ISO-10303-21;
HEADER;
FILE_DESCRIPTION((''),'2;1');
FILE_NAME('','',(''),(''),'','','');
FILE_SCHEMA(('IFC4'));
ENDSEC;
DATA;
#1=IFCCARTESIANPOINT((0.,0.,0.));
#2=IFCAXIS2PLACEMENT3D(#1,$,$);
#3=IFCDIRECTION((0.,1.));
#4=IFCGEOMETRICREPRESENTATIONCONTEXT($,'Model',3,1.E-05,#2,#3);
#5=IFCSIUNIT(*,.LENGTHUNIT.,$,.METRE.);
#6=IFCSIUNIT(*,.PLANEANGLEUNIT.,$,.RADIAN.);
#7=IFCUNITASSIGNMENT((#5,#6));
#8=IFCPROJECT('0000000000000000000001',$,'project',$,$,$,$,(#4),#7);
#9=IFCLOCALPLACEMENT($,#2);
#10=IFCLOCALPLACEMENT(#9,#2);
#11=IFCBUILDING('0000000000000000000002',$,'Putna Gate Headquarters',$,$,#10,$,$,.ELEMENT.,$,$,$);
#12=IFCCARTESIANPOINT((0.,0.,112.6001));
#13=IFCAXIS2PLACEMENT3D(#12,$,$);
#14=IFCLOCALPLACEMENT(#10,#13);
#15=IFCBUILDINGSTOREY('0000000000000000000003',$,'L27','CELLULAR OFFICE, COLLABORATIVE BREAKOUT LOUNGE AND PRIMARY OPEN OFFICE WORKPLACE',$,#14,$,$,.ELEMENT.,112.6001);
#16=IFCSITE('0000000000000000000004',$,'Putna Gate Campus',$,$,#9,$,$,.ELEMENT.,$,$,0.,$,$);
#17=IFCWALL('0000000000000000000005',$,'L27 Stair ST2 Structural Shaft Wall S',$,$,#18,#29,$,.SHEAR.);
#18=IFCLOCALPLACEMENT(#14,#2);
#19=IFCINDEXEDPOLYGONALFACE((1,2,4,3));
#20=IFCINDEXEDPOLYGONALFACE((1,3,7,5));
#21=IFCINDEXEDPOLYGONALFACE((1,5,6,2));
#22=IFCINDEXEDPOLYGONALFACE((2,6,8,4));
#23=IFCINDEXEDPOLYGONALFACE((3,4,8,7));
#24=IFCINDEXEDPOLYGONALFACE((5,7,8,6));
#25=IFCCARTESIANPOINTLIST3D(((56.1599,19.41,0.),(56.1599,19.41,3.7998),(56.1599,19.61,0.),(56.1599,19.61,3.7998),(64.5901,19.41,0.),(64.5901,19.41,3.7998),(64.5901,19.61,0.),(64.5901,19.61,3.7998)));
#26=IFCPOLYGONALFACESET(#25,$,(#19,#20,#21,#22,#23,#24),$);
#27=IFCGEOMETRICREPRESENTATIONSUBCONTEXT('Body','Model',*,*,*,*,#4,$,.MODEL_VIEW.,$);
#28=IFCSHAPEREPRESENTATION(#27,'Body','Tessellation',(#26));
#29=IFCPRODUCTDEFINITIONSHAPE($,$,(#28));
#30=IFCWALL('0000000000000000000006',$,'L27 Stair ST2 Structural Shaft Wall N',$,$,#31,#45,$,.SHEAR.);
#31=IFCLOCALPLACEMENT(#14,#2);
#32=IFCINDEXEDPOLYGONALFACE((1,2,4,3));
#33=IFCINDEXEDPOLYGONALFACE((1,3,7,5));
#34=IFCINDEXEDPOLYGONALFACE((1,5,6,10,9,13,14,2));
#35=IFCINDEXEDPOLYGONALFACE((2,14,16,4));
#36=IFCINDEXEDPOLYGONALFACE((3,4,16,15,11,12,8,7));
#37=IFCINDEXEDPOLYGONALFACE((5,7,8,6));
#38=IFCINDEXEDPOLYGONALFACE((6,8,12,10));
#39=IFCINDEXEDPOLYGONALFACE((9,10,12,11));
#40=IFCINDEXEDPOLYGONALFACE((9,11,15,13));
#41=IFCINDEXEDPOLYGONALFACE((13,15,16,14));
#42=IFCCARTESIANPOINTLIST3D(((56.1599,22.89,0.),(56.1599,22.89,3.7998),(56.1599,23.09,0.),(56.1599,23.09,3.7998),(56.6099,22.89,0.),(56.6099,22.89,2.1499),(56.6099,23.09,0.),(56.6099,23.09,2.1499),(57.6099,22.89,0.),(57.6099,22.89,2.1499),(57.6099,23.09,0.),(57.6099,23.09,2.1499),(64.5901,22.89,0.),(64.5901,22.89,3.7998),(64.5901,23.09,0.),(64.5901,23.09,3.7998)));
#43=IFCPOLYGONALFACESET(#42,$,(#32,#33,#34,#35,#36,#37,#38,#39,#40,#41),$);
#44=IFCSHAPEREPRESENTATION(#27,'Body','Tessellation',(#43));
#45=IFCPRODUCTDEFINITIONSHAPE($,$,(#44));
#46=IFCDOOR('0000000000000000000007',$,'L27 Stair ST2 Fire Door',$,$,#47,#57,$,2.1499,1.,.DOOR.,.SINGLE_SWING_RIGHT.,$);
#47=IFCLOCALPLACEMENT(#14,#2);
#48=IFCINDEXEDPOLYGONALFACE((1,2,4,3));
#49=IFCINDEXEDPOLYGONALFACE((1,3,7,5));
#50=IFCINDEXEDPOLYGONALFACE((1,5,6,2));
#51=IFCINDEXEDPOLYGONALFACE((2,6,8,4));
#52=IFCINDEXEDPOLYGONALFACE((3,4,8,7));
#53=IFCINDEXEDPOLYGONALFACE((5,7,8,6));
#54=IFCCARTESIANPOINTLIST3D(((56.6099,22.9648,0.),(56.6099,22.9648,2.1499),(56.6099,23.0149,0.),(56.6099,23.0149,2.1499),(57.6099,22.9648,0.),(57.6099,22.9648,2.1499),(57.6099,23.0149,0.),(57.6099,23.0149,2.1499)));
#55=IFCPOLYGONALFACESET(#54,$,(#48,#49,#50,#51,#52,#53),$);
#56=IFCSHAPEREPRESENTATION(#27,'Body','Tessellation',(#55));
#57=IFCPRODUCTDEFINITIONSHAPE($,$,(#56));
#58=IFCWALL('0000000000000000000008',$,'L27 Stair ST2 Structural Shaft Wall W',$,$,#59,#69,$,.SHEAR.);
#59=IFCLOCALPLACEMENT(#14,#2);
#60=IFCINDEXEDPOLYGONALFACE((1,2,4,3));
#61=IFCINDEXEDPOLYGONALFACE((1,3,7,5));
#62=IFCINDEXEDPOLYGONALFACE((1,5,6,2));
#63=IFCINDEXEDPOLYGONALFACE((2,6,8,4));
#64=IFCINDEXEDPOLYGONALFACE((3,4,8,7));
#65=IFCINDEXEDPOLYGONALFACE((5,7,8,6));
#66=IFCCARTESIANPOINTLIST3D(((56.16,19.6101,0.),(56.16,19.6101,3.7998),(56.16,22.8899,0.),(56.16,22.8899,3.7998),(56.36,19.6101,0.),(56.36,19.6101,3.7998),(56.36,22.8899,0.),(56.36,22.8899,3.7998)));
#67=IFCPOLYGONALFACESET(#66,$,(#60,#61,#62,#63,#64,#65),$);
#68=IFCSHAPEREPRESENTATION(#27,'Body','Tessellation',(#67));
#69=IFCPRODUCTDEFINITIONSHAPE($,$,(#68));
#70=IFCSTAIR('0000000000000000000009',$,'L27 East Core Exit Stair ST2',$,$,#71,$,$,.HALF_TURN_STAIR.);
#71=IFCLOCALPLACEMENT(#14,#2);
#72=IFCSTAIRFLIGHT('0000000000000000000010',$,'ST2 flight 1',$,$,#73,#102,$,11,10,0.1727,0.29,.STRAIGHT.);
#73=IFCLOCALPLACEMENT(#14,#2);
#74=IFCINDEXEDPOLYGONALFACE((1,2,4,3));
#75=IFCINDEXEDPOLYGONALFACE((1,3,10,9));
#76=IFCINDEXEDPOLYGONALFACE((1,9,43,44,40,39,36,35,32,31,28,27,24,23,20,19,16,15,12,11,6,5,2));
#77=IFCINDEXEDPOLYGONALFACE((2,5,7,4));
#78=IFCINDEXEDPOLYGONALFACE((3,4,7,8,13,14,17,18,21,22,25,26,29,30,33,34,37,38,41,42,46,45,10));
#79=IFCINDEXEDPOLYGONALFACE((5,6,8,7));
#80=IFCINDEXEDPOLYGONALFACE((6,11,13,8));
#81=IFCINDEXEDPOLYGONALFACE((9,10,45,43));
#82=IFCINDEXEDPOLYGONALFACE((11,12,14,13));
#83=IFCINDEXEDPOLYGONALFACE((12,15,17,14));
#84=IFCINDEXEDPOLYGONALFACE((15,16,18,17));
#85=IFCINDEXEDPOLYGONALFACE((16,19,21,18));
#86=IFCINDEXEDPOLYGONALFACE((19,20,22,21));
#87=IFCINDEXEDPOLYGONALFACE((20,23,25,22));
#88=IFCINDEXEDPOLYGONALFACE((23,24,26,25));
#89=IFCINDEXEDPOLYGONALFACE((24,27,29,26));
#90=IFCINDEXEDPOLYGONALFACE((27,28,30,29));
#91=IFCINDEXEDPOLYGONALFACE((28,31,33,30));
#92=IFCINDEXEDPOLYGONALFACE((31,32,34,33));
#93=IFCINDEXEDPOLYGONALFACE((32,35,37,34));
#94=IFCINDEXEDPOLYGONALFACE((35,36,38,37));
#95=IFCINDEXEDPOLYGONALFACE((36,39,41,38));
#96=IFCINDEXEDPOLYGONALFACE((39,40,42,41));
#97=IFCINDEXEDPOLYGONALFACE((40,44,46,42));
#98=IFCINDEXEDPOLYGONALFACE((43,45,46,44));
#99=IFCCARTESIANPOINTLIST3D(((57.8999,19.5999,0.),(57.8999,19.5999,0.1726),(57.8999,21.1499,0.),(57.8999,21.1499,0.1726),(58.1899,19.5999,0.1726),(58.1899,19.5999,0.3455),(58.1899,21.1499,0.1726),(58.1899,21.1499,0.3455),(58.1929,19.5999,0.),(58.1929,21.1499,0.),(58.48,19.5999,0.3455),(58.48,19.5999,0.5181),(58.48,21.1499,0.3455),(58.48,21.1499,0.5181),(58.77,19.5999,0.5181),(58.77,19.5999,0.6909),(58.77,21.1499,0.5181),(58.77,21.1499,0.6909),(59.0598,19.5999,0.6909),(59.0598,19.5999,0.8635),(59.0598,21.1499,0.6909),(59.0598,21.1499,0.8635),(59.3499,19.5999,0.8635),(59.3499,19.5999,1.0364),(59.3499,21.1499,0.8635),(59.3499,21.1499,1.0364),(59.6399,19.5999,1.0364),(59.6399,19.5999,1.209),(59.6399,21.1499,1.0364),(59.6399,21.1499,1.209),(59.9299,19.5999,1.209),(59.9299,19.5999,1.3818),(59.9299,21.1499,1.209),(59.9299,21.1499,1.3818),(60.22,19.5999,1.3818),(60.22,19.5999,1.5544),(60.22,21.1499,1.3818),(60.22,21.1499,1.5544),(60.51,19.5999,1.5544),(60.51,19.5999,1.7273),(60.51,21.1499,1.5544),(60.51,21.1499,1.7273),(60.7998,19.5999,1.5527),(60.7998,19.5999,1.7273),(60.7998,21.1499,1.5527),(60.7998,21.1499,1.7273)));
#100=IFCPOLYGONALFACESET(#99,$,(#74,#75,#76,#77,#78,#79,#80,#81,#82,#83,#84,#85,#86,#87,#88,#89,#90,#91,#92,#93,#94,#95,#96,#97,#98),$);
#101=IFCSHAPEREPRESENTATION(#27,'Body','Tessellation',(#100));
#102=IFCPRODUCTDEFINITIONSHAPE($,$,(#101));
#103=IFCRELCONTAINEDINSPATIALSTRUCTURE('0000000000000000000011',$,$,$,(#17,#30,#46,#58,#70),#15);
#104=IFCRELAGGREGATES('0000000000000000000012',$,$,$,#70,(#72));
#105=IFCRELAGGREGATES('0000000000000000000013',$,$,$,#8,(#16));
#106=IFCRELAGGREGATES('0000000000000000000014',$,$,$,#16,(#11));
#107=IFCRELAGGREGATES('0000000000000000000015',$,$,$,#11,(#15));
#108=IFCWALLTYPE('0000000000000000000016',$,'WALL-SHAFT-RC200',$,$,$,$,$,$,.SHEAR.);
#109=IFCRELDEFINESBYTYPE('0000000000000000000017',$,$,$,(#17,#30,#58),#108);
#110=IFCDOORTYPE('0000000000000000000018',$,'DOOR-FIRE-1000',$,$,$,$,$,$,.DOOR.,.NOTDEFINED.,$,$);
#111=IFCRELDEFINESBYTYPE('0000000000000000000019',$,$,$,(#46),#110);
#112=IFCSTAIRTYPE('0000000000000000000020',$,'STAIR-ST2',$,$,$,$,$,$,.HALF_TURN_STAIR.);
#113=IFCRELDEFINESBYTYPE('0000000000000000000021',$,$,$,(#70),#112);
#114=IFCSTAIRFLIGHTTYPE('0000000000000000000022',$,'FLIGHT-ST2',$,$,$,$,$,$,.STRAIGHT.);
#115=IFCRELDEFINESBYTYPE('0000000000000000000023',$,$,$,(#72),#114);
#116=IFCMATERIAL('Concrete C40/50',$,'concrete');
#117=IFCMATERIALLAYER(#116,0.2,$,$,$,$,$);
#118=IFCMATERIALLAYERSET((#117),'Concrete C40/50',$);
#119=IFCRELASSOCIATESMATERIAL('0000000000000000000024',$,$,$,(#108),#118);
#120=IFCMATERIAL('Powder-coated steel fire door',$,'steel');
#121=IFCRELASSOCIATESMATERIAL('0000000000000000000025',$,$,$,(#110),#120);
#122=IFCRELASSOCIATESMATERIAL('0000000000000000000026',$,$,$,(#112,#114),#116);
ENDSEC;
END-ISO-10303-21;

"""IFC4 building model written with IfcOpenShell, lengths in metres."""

from ifc_helpers import new_model, si_unit, direction, frame, frame_2d, origin, place, context, subcontext, project, spatial, polyline, rectangle, outline, extrude, material, layer, layer_set, type_object, element, fill, aggregate, save


model = new_model("IFC4")

# Units and contexts
model_context = context("Model", 3, precision=1e-05, world=origin(), true_north=direction((0.0, 1.0)))
body_context = subcontext(model_context, "Body", "Model", "MODEL_VIEW")
ifc_project = project(units=[si_unit("LENGTHUNIT", "METRE"), si_unit("PLANEANGLEUNIT", "RADIAN")], contexts=[model_context])

# Site, building, storey
site_placement = place(None, origin())
site = spatial("IfcSite", under=ifc_project, at=site_placement, Name="Putna Gate Campus", CompositionType="ELEMENT", RefElevation=0.0)
building_placement = place(site_placement, origin())
building = spatial("IfcBuilding", under=site, at=building_placement, Name="Putna Gate Headquarters", CompositionType="ELEMENT")
storey_placement = place(building_placement, frame((0.0, 0.0, 112.6001)))
storey = spatial("IfcBuildingStorey", under=building, at=storey_placement, Name="L27", Description="CELLULAR OFFICE, COLLABORATIVE BREAKOUT LOUNGE AND PRIMARY OPEN OFFICE WORKPLACE", CompositionType="ELEMENT", Elevation=112.6001)

# Shared definitions
ifc_material_1 = material(Name="Concrete C40/50", Category="concrete")

# Wall
ifc_layer_1 = layer(ifc_material_1, 0.2)
ifc_layer_set_1 = layer_set([ifc_layer_1], Name="Concrete C40/50")
wall_type_1 = type_object("IfcWallType", Name="WALL-SHAFT-RC200", PredefinedType="SHEAR", material=ifc_layer_set_1)
wall_1_placement = place(storey_placement, frame((56.1599, 19.51, 0.0), z_axis=(0.0, 0.0, 1.0), x_axis=(1.0, 0.0, 0.0)))
element("IfcWall", 1, at=wall_1_placement, inside=storey, type_object=wall_type_1, Name="L27 Stair ST2 Structural Shaft Wall S", PredefinedType="SHEAR", context=body_context, shape_type="SweptSolid", body=[
    extrude(rectangle(XDim=8.4302, YDim=0.2, at=frame_2d((4.2151, 0.0))), origin(), (0.0, 0.0, 1.0), 3.7998),
])

# Wall, opening, door
wall_2_placement = place(storey_placement, frame((56.1599, 22.99, 0.0), z_axis=(0.0, 0.0, 1.0), x_axis=(1.0, 0.0, 0.0)))
wall_2 = element("IfcWall", 2, at=wall_2_placement, inside=storey, type_object=wall_type_1, Name="L27 Stair ST2 Structural Shaft Wall N", PredefinedType="SHEAR", context=body_context, shape_type="SweptSolid", body=[
    extrude(rectangle(XDim=8.4302, YDim=0.2, at=frame_2d((4.2151, 0.0))), origin(), (0.0, 0.0, 1.0), 3.7998),
])
opening_1_placement = place(wall_2_placement, frame((0.45, 0.0, 0.0)))
opening_1 = element("IfcOpeningElement", 3, at=opening_1_placement, cuts=wall_2, PredefinedType="OPENING", context=body_context, shape_type="SweptSolid", body=[
    extrude(rectangle(XDim=1.0, YDim=2.1499, at=frame_2d((0.5, 1.075))), frame((0.0, 0.1099, 0.0), z_axis=(0.0, -1.0, 0.0), x_axis=(1.0, 0.0, 0.0)), (0.0, 0.0, 1.0), 0.22),
])
ifc_material_2 = material(Name="Powder-coated steel fire door", Category="steel")
door_type_1 = type_object("IfcDoorType", Name="DOOR-FIRE-1000", OperationType="NOTDEFINED", PredefinedType="DOOR", material=ifc_material_2)
door_1_placement = place(opening_1_placement, origin())
door_1 = element("IfcDoor", 4, at=door_1_placement, inside=storey, type_object=door_type_1, Name="L27 Stair ST2 Fire Door", OperationType="SINGLE_SWING_RIGHT", OverallHeight=2.1499, OverallWidth=1.0, PredefinedType="DOOR", context=body_context, shape_type="SweptSolid", body=[
    extrude(rectangle(XDim=1.0, YDim=2.1499, at=frame_2d((0.5, 1.075))), frame((0.0, 0.0249, 0.0), z_axis=(0.0, -1.0, 0.0), x_axis=(1.0, 0.0, 0.0)), (0.0, 0.0, 1.0), 0.05),
])
fill(opening_1, door_1)

# Wall
wall_3_placement = place(storey_placement, frame((56.26, 19.6101, 0.0), z_axis=(0.0, 0.0, 1.0), x_axis=(0.0, 1.0, 0.0)))
element("IfcWall", 5, at=wall_3_placement, inside=storey, type_object=wall_type_1, Name="L27 Stair ST2 Structural Shaft Wall W", PredefinedType="SHEAR", context=body_context, shape_type="SweptSolid", body=[
    extrude(rectangle(XDim=3.2798, YDim=0.2, at=frame_2d((1.6399, 0.0))), origin(), (0.0, 0.0, 1.0), 3.7998),
])

# Stair, stair flight
stair_type = type_object("IfcStairType", Name="STAIR-ST2", PredefinedType="HALF_TURN_STAIR", material=ifc_material_1)
stair_placement = place(storey_placement, origin())
stair = element("IfcStair", 6, at=stair_placement, inside=storey, type_object=stair_type, Name="L27 East Core Exit Stair ST2", PredefinedType="HALF_TURN_STAIR")
stair_flight_type = type_object("IfcStairFlightType", Name="FLIGHT-ST2", PredefinedType="STRAIGHT", material=ifc_material_1)
stair_flight_placement = place(storey_placement, frame((57.8999, 20.375, 0.0), z_axis=(0.0, 0.0, 1.0), x_axis=(1.0, 0.0, 0.0)))
stair_flight = element("IfcStairFlight", 7, at=stair_flight_placement, type_object=stair_flight_type, Name="ST2 flight 1", NumberOfRisers=11, NumberOfTreads=10, PredefinedType="STRAIGHT", RiserHeight=0.1727, TreadLength=0.29, context=body_context, shape_type="SweptSolid", body=[
    extrude(outline(polyline([(0.0, 0.0), (0.0, 0.1726), (0.29, 0.1726), (0.29, 0.3455), (0.5801, 0.3455), (0.5801, 0.5181), (0.8701, 0.5181), (0.8701, 0.6909), (1.1599, 0.6909), (1.1599, 0.8635), (1.45, 0.8635), (1.45, 1.0364), (1.74, 1.0364), (1.74, 1.209), (2.03, 1.209), (2.03, 1.3818), (2.3201, 1.3818), (2.3201, 1.5544), (2.6101, 1.5544), (2.6101, 1.7273), (2.8999, 1.7273), (2.8999, 1.8999), (2.8999, 1.5527), (0.293, 0.0), (0.0, 0.0)])), frame((0.0, 0.7749, 0.0), z_axis=(0.0, -1.0, 0.0), x_axis=(1.0, 0.0, 0.0)), (0.0, 0.0, 1.0), 1.55),
])
aggregate(stair, [stair_flight])

save(model, "model.ifc")
